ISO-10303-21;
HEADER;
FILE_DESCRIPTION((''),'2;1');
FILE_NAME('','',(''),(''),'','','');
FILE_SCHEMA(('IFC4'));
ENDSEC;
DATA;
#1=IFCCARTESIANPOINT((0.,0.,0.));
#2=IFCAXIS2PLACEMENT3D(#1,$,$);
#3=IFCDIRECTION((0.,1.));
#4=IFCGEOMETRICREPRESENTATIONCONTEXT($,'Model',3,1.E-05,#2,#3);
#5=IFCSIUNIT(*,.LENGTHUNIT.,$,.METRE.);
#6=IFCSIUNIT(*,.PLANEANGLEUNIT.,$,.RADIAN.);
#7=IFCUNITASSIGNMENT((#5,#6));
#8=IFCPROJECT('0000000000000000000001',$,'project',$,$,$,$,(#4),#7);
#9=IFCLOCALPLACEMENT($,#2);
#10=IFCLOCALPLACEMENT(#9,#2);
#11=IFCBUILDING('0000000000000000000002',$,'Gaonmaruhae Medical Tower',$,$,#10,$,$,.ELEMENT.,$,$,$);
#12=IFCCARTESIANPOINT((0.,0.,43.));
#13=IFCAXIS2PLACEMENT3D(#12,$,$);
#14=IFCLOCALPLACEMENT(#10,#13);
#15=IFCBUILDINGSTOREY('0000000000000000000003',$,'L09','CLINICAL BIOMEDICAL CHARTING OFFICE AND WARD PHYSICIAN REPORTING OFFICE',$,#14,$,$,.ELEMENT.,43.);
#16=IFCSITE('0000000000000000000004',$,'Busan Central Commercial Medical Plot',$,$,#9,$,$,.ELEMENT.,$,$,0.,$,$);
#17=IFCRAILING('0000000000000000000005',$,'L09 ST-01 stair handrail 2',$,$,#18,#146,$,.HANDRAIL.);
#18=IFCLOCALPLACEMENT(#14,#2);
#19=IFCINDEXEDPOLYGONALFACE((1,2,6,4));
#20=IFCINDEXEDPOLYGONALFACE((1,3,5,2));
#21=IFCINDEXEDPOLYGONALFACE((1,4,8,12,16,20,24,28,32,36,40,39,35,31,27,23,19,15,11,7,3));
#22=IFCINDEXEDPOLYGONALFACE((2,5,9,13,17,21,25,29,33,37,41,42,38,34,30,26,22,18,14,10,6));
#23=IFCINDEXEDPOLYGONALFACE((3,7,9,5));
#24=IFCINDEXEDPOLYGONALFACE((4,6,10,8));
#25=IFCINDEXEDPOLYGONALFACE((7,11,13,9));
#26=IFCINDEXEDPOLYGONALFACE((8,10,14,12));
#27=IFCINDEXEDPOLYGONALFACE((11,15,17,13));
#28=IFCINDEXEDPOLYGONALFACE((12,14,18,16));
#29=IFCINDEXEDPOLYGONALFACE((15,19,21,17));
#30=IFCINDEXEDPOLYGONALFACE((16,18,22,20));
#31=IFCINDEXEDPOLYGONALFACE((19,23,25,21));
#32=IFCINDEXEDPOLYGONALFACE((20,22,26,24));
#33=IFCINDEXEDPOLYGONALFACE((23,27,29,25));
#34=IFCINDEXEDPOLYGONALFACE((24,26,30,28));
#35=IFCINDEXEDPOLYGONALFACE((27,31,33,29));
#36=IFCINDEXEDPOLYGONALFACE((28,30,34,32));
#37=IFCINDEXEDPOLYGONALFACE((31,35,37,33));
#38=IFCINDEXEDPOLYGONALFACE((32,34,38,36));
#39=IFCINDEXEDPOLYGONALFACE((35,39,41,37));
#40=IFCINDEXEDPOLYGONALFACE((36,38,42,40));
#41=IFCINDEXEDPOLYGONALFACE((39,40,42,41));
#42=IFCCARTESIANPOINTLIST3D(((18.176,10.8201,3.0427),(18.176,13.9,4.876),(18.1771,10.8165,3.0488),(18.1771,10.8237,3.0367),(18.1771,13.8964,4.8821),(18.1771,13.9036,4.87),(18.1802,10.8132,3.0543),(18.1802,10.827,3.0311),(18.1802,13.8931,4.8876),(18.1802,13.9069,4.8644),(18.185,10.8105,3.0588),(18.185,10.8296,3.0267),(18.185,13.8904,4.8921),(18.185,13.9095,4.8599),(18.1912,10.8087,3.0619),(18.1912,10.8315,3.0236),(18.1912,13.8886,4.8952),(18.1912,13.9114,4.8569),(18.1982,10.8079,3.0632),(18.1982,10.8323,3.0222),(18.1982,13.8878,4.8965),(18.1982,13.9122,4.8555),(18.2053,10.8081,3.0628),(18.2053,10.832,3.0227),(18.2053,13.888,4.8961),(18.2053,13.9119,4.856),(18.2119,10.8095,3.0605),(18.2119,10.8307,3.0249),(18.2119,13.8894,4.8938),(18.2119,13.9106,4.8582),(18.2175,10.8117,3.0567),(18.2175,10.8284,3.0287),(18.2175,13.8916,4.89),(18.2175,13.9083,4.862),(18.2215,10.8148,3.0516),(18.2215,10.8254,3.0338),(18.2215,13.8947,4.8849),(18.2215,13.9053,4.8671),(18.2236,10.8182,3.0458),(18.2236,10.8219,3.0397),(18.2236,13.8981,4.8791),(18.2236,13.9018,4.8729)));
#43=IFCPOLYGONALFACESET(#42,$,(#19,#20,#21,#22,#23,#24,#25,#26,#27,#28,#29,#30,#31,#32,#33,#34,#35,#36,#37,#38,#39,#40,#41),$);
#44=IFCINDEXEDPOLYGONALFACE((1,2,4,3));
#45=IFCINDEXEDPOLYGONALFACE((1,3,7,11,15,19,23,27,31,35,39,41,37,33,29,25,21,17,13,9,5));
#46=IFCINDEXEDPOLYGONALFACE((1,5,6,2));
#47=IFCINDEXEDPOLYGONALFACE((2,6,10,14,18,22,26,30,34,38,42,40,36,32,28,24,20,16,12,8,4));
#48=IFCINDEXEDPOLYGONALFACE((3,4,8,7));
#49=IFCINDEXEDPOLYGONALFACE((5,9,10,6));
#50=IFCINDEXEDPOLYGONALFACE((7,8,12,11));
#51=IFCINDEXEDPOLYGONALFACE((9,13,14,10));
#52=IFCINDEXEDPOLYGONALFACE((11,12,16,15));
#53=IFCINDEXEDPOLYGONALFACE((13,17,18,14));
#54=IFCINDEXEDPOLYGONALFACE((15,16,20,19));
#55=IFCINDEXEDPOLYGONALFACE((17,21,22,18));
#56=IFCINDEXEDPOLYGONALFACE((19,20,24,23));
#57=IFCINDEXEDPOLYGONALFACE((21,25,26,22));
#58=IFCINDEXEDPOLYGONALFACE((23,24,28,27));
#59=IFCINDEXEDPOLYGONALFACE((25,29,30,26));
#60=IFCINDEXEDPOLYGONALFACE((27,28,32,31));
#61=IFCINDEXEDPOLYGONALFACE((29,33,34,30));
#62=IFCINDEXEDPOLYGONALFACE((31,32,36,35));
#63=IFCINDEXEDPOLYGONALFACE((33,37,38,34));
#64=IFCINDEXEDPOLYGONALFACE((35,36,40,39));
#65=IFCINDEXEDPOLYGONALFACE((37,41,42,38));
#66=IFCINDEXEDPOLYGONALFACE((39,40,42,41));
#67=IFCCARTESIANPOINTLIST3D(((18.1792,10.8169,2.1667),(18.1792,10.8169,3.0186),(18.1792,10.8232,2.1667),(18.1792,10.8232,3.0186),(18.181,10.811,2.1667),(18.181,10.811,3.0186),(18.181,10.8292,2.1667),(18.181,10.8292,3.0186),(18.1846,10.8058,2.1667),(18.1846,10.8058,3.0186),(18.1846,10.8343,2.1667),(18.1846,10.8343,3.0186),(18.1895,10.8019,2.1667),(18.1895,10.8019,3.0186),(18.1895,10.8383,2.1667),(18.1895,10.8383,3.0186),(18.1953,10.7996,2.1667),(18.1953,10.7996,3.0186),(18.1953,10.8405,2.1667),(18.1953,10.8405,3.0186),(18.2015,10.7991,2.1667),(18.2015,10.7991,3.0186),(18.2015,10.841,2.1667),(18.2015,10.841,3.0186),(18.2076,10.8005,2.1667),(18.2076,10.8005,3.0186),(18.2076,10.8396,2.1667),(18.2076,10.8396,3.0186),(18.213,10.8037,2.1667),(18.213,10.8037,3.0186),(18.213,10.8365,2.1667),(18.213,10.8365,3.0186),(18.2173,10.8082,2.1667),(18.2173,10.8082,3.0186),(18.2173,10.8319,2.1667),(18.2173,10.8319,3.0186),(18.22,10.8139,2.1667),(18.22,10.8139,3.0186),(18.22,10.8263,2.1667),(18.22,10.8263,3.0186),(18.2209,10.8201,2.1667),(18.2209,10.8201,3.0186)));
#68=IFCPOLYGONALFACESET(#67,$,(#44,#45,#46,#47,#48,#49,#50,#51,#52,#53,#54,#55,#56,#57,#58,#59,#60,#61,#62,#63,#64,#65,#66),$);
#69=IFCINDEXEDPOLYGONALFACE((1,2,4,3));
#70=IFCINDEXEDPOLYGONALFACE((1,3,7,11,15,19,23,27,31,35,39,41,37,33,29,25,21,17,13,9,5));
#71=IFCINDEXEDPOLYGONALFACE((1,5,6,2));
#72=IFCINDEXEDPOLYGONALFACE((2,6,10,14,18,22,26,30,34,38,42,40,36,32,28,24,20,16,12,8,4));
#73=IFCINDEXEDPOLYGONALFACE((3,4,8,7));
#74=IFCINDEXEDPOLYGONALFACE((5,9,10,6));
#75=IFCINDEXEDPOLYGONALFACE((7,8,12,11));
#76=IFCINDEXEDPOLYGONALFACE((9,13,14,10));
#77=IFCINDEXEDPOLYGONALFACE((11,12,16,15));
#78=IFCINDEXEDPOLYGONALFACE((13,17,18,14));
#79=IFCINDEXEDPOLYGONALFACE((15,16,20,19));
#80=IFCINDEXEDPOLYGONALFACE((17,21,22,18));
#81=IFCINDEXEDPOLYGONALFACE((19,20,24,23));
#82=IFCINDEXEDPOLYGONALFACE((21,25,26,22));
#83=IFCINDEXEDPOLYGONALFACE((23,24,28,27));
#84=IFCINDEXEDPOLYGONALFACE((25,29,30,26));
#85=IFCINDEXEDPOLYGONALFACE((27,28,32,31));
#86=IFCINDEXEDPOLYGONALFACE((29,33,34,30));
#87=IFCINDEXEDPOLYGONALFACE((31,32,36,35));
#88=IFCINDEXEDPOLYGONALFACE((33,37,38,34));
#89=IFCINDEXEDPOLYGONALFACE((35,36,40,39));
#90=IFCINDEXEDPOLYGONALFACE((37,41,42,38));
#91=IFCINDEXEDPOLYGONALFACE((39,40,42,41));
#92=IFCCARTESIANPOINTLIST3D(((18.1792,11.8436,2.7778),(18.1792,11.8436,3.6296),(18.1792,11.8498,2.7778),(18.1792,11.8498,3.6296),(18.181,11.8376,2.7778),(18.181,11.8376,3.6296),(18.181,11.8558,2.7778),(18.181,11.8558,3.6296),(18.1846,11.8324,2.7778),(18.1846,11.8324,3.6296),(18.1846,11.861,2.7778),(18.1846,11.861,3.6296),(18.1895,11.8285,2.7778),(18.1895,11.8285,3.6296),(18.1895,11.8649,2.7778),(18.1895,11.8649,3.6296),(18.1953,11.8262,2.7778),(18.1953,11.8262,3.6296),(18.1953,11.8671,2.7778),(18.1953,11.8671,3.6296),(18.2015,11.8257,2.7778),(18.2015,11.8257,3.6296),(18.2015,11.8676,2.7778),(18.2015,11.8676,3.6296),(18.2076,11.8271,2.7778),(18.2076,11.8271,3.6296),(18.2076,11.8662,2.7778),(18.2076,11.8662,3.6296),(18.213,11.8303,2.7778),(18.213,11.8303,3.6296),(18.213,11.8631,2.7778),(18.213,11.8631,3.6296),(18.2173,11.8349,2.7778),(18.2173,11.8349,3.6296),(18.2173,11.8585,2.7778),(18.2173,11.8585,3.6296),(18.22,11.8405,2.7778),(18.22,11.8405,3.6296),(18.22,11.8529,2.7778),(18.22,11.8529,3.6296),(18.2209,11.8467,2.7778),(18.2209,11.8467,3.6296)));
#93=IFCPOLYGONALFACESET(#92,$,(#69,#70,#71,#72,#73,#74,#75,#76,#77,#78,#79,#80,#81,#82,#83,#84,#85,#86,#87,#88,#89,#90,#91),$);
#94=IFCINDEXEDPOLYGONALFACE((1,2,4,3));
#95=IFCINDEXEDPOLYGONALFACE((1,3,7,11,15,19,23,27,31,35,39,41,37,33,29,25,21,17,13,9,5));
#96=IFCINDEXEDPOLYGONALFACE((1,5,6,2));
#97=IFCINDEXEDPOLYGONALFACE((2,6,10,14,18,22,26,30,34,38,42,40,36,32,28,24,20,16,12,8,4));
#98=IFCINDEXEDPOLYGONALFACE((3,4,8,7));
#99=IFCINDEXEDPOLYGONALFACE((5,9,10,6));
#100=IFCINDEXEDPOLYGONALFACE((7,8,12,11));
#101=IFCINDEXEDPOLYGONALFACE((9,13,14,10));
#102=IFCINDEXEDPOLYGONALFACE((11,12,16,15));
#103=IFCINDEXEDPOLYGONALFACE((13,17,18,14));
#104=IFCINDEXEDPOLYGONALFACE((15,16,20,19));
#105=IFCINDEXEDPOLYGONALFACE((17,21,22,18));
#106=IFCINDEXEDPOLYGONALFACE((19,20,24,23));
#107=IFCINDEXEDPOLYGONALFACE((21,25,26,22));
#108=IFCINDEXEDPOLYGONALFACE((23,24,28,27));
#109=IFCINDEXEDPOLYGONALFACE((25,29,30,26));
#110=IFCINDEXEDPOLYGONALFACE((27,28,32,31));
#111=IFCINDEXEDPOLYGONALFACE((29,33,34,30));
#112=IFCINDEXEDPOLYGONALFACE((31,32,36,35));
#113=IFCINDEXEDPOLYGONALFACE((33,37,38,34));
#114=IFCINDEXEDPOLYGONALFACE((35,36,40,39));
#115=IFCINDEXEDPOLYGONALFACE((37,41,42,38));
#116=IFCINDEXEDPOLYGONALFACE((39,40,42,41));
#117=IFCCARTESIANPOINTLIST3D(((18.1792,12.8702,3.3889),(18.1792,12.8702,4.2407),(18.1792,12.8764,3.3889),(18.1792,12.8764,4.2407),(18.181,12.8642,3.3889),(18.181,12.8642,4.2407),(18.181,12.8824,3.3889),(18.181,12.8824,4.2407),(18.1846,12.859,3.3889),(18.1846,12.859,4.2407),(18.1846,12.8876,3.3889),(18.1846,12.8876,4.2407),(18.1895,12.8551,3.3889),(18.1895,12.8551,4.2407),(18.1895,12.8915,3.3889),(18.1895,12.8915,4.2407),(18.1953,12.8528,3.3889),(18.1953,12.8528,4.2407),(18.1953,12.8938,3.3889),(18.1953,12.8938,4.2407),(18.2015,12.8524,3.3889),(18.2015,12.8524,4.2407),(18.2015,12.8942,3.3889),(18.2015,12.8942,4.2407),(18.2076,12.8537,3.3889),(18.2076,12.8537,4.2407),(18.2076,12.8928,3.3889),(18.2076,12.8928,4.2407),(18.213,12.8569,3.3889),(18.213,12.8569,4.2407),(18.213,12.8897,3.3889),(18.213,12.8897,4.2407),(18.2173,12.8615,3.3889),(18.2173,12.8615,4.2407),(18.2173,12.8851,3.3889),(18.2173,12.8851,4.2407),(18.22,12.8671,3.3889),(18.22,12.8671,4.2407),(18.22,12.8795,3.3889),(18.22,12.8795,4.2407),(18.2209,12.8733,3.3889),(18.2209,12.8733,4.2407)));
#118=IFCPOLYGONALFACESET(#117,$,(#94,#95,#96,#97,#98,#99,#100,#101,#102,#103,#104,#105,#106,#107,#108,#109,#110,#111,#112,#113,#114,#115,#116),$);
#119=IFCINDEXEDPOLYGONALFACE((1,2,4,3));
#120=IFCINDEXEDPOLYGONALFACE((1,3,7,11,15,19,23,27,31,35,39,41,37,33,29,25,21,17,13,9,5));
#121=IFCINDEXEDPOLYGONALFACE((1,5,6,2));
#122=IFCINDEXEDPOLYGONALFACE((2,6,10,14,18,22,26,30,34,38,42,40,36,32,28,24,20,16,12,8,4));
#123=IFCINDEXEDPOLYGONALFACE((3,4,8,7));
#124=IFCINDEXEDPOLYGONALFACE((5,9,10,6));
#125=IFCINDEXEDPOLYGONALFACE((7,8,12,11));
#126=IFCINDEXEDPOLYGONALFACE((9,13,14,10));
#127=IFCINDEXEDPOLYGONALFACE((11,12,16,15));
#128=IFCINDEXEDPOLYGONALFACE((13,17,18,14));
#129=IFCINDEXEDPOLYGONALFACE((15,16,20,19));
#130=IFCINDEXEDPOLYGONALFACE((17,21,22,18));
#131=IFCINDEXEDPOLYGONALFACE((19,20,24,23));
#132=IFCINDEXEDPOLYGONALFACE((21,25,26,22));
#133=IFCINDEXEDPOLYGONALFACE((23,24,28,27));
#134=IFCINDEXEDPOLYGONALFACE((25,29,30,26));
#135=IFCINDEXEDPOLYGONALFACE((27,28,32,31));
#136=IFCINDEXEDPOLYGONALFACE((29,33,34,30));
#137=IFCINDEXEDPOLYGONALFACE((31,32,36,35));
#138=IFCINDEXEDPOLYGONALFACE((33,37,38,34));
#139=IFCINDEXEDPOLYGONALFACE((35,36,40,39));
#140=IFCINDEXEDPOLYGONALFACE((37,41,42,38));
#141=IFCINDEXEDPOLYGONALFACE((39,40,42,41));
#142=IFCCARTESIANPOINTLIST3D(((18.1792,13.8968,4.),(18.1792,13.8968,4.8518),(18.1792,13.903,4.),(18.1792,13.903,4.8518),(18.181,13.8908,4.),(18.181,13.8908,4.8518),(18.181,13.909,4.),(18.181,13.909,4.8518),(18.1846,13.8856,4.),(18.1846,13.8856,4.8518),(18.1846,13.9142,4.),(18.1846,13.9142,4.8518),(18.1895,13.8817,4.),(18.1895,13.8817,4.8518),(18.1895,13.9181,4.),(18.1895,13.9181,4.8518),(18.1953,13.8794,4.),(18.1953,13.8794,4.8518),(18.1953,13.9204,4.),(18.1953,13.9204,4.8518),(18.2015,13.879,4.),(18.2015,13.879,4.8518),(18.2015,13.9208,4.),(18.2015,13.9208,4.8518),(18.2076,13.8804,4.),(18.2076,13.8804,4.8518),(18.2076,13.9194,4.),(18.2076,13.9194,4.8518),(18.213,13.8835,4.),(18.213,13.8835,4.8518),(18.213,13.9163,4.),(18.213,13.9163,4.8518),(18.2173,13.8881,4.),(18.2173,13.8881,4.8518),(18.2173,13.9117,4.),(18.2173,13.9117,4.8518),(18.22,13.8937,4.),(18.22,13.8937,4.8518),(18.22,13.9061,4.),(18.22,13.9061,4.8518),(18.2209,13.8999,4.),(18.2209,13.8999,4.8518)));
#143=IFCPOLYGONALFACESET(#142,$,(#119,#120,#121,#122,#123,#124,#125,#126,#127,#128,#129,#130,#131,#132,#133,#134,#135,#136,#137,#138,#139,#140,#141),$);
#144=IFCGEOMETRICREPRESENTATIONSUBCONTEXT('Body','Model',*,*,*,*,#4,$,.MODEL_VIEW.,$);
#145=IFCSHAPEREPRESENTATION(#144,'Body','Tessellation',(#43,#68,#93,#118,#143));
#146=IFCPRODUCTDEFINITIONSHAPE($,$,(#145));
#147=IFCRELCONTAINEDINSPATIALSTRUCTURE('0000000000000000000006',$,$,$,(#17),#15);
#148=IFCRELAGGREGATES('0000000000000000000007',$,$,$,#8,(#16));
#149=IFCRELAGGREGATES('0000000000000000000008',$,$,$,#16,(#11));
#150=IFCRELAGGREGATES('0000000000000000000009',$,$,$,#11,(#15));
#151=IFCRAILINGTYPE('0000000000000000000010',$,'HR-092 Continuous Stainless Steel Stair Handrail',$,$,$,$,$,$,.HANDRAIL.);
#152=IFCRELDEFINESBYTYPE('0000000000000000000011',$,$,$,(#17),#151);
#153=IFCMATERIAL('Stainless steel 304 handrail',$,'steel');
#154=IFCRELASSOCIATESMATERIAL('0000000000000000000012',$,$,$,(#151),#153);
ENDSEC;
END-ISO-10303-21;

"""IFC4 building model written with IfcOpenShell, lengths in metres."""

from ifc_helpers import new_model, si_unit, direction, frame, origin, origin_2d, place, context, subcontext, project, spatial, circle, extrude, material, type_object, element, save


model = new_model("IFC4")

# Units and contexts
model_context = context("Model", 3, precision=1e-05, world=origin(), true_north=direction((0.0, 1.0)))
body_context = subcontext(model_context, "Body", "Model", "MODEL_VIEW")
ifc_project = project(units=[si_unit("LENGTHUNIT", "METRE"), si_unit("PLANEANGLEUNIT", "RADIAN")], contexts=[model_context])

# Site, building, storey
site_placement = place(None, origin())
site = spatial("IfcSite", under=ifc_project, at=site_placement, Name="Busan Central Commercial Medical Plot", CompositionType="ELEMENT", RefElevation=0.0)
building_placement = place(site_placement, origin())
building = spatial("IfcBuilding", under=site, at=building_placement, Name="Gaonmaruhae Medical Tower", CompositionType="ELEMENT")
storey_placement = place(building_placement, frame((0.0, 0.0, 43.0)))
storey = spatial("IfcBuildingStorey", under=building, at=storey_placement, Name="L09", Description="CLINICAL BIOMEDICAL CHARTING OFFICE AND WARD PHYSICIAN REPORTING OFFICE", CompositionType="ELEMENT", Elevation=43.0)

# Railing
ifc_material_1 = material(Name="Stainless steel 304 handrail", Category="steel")
railing_type_1 = type_object("IfcRailingType", Name="HR-092 Continuous Stainless Steel Stair Handrail", PredefinedType="HANDRAIL", material=ifc_material_1)
railing_1_placement = place(storey_placement, frame((18.2, 10.8201, 2.1667)))
element("IfcRailing", 1, at=railing_1_placement, inside=storey, type_object=railing_type_1, Name="L09 ST-01 stair handrail 2", PredefinedType="HANDRAIL", context=body_context, shape_type="SweptSolid", body=[
    extrude(circle(Radius=0.0239, at=origin_2d()), frame((0.0, 0.0, 0.876), z_axis=(0.0, 0.859291, 0.511487), x_axis=(-1.0, 0.0, 0.0)), (0.0, 0.0, 1.0), 3.5842),
    extrude(circle(Radius=0.021, at=origin_2d()), origin(), (0.0, 0.0, 1.0), 0.8518),
    extrude(circle(Radius=0.021, at=origin_2d()), frame((0.0, 1.0266, 0.6111)), (0.0, 0.0, 1.0), 0.8518),
    extrude(circle(Radius=0.021, at=origin_2d()), frame((0.0, 2.0532, 1.2222)), (0.0, 0.0, 1.0), 0.8518),
    extrude(circle(Radius=0.021, at=origin_2d()), frame((0.0, 3.0798, 1.8333)), (0.0, 0.0, 1.0), 0.8518),
])

save(model, "model.ifc")
